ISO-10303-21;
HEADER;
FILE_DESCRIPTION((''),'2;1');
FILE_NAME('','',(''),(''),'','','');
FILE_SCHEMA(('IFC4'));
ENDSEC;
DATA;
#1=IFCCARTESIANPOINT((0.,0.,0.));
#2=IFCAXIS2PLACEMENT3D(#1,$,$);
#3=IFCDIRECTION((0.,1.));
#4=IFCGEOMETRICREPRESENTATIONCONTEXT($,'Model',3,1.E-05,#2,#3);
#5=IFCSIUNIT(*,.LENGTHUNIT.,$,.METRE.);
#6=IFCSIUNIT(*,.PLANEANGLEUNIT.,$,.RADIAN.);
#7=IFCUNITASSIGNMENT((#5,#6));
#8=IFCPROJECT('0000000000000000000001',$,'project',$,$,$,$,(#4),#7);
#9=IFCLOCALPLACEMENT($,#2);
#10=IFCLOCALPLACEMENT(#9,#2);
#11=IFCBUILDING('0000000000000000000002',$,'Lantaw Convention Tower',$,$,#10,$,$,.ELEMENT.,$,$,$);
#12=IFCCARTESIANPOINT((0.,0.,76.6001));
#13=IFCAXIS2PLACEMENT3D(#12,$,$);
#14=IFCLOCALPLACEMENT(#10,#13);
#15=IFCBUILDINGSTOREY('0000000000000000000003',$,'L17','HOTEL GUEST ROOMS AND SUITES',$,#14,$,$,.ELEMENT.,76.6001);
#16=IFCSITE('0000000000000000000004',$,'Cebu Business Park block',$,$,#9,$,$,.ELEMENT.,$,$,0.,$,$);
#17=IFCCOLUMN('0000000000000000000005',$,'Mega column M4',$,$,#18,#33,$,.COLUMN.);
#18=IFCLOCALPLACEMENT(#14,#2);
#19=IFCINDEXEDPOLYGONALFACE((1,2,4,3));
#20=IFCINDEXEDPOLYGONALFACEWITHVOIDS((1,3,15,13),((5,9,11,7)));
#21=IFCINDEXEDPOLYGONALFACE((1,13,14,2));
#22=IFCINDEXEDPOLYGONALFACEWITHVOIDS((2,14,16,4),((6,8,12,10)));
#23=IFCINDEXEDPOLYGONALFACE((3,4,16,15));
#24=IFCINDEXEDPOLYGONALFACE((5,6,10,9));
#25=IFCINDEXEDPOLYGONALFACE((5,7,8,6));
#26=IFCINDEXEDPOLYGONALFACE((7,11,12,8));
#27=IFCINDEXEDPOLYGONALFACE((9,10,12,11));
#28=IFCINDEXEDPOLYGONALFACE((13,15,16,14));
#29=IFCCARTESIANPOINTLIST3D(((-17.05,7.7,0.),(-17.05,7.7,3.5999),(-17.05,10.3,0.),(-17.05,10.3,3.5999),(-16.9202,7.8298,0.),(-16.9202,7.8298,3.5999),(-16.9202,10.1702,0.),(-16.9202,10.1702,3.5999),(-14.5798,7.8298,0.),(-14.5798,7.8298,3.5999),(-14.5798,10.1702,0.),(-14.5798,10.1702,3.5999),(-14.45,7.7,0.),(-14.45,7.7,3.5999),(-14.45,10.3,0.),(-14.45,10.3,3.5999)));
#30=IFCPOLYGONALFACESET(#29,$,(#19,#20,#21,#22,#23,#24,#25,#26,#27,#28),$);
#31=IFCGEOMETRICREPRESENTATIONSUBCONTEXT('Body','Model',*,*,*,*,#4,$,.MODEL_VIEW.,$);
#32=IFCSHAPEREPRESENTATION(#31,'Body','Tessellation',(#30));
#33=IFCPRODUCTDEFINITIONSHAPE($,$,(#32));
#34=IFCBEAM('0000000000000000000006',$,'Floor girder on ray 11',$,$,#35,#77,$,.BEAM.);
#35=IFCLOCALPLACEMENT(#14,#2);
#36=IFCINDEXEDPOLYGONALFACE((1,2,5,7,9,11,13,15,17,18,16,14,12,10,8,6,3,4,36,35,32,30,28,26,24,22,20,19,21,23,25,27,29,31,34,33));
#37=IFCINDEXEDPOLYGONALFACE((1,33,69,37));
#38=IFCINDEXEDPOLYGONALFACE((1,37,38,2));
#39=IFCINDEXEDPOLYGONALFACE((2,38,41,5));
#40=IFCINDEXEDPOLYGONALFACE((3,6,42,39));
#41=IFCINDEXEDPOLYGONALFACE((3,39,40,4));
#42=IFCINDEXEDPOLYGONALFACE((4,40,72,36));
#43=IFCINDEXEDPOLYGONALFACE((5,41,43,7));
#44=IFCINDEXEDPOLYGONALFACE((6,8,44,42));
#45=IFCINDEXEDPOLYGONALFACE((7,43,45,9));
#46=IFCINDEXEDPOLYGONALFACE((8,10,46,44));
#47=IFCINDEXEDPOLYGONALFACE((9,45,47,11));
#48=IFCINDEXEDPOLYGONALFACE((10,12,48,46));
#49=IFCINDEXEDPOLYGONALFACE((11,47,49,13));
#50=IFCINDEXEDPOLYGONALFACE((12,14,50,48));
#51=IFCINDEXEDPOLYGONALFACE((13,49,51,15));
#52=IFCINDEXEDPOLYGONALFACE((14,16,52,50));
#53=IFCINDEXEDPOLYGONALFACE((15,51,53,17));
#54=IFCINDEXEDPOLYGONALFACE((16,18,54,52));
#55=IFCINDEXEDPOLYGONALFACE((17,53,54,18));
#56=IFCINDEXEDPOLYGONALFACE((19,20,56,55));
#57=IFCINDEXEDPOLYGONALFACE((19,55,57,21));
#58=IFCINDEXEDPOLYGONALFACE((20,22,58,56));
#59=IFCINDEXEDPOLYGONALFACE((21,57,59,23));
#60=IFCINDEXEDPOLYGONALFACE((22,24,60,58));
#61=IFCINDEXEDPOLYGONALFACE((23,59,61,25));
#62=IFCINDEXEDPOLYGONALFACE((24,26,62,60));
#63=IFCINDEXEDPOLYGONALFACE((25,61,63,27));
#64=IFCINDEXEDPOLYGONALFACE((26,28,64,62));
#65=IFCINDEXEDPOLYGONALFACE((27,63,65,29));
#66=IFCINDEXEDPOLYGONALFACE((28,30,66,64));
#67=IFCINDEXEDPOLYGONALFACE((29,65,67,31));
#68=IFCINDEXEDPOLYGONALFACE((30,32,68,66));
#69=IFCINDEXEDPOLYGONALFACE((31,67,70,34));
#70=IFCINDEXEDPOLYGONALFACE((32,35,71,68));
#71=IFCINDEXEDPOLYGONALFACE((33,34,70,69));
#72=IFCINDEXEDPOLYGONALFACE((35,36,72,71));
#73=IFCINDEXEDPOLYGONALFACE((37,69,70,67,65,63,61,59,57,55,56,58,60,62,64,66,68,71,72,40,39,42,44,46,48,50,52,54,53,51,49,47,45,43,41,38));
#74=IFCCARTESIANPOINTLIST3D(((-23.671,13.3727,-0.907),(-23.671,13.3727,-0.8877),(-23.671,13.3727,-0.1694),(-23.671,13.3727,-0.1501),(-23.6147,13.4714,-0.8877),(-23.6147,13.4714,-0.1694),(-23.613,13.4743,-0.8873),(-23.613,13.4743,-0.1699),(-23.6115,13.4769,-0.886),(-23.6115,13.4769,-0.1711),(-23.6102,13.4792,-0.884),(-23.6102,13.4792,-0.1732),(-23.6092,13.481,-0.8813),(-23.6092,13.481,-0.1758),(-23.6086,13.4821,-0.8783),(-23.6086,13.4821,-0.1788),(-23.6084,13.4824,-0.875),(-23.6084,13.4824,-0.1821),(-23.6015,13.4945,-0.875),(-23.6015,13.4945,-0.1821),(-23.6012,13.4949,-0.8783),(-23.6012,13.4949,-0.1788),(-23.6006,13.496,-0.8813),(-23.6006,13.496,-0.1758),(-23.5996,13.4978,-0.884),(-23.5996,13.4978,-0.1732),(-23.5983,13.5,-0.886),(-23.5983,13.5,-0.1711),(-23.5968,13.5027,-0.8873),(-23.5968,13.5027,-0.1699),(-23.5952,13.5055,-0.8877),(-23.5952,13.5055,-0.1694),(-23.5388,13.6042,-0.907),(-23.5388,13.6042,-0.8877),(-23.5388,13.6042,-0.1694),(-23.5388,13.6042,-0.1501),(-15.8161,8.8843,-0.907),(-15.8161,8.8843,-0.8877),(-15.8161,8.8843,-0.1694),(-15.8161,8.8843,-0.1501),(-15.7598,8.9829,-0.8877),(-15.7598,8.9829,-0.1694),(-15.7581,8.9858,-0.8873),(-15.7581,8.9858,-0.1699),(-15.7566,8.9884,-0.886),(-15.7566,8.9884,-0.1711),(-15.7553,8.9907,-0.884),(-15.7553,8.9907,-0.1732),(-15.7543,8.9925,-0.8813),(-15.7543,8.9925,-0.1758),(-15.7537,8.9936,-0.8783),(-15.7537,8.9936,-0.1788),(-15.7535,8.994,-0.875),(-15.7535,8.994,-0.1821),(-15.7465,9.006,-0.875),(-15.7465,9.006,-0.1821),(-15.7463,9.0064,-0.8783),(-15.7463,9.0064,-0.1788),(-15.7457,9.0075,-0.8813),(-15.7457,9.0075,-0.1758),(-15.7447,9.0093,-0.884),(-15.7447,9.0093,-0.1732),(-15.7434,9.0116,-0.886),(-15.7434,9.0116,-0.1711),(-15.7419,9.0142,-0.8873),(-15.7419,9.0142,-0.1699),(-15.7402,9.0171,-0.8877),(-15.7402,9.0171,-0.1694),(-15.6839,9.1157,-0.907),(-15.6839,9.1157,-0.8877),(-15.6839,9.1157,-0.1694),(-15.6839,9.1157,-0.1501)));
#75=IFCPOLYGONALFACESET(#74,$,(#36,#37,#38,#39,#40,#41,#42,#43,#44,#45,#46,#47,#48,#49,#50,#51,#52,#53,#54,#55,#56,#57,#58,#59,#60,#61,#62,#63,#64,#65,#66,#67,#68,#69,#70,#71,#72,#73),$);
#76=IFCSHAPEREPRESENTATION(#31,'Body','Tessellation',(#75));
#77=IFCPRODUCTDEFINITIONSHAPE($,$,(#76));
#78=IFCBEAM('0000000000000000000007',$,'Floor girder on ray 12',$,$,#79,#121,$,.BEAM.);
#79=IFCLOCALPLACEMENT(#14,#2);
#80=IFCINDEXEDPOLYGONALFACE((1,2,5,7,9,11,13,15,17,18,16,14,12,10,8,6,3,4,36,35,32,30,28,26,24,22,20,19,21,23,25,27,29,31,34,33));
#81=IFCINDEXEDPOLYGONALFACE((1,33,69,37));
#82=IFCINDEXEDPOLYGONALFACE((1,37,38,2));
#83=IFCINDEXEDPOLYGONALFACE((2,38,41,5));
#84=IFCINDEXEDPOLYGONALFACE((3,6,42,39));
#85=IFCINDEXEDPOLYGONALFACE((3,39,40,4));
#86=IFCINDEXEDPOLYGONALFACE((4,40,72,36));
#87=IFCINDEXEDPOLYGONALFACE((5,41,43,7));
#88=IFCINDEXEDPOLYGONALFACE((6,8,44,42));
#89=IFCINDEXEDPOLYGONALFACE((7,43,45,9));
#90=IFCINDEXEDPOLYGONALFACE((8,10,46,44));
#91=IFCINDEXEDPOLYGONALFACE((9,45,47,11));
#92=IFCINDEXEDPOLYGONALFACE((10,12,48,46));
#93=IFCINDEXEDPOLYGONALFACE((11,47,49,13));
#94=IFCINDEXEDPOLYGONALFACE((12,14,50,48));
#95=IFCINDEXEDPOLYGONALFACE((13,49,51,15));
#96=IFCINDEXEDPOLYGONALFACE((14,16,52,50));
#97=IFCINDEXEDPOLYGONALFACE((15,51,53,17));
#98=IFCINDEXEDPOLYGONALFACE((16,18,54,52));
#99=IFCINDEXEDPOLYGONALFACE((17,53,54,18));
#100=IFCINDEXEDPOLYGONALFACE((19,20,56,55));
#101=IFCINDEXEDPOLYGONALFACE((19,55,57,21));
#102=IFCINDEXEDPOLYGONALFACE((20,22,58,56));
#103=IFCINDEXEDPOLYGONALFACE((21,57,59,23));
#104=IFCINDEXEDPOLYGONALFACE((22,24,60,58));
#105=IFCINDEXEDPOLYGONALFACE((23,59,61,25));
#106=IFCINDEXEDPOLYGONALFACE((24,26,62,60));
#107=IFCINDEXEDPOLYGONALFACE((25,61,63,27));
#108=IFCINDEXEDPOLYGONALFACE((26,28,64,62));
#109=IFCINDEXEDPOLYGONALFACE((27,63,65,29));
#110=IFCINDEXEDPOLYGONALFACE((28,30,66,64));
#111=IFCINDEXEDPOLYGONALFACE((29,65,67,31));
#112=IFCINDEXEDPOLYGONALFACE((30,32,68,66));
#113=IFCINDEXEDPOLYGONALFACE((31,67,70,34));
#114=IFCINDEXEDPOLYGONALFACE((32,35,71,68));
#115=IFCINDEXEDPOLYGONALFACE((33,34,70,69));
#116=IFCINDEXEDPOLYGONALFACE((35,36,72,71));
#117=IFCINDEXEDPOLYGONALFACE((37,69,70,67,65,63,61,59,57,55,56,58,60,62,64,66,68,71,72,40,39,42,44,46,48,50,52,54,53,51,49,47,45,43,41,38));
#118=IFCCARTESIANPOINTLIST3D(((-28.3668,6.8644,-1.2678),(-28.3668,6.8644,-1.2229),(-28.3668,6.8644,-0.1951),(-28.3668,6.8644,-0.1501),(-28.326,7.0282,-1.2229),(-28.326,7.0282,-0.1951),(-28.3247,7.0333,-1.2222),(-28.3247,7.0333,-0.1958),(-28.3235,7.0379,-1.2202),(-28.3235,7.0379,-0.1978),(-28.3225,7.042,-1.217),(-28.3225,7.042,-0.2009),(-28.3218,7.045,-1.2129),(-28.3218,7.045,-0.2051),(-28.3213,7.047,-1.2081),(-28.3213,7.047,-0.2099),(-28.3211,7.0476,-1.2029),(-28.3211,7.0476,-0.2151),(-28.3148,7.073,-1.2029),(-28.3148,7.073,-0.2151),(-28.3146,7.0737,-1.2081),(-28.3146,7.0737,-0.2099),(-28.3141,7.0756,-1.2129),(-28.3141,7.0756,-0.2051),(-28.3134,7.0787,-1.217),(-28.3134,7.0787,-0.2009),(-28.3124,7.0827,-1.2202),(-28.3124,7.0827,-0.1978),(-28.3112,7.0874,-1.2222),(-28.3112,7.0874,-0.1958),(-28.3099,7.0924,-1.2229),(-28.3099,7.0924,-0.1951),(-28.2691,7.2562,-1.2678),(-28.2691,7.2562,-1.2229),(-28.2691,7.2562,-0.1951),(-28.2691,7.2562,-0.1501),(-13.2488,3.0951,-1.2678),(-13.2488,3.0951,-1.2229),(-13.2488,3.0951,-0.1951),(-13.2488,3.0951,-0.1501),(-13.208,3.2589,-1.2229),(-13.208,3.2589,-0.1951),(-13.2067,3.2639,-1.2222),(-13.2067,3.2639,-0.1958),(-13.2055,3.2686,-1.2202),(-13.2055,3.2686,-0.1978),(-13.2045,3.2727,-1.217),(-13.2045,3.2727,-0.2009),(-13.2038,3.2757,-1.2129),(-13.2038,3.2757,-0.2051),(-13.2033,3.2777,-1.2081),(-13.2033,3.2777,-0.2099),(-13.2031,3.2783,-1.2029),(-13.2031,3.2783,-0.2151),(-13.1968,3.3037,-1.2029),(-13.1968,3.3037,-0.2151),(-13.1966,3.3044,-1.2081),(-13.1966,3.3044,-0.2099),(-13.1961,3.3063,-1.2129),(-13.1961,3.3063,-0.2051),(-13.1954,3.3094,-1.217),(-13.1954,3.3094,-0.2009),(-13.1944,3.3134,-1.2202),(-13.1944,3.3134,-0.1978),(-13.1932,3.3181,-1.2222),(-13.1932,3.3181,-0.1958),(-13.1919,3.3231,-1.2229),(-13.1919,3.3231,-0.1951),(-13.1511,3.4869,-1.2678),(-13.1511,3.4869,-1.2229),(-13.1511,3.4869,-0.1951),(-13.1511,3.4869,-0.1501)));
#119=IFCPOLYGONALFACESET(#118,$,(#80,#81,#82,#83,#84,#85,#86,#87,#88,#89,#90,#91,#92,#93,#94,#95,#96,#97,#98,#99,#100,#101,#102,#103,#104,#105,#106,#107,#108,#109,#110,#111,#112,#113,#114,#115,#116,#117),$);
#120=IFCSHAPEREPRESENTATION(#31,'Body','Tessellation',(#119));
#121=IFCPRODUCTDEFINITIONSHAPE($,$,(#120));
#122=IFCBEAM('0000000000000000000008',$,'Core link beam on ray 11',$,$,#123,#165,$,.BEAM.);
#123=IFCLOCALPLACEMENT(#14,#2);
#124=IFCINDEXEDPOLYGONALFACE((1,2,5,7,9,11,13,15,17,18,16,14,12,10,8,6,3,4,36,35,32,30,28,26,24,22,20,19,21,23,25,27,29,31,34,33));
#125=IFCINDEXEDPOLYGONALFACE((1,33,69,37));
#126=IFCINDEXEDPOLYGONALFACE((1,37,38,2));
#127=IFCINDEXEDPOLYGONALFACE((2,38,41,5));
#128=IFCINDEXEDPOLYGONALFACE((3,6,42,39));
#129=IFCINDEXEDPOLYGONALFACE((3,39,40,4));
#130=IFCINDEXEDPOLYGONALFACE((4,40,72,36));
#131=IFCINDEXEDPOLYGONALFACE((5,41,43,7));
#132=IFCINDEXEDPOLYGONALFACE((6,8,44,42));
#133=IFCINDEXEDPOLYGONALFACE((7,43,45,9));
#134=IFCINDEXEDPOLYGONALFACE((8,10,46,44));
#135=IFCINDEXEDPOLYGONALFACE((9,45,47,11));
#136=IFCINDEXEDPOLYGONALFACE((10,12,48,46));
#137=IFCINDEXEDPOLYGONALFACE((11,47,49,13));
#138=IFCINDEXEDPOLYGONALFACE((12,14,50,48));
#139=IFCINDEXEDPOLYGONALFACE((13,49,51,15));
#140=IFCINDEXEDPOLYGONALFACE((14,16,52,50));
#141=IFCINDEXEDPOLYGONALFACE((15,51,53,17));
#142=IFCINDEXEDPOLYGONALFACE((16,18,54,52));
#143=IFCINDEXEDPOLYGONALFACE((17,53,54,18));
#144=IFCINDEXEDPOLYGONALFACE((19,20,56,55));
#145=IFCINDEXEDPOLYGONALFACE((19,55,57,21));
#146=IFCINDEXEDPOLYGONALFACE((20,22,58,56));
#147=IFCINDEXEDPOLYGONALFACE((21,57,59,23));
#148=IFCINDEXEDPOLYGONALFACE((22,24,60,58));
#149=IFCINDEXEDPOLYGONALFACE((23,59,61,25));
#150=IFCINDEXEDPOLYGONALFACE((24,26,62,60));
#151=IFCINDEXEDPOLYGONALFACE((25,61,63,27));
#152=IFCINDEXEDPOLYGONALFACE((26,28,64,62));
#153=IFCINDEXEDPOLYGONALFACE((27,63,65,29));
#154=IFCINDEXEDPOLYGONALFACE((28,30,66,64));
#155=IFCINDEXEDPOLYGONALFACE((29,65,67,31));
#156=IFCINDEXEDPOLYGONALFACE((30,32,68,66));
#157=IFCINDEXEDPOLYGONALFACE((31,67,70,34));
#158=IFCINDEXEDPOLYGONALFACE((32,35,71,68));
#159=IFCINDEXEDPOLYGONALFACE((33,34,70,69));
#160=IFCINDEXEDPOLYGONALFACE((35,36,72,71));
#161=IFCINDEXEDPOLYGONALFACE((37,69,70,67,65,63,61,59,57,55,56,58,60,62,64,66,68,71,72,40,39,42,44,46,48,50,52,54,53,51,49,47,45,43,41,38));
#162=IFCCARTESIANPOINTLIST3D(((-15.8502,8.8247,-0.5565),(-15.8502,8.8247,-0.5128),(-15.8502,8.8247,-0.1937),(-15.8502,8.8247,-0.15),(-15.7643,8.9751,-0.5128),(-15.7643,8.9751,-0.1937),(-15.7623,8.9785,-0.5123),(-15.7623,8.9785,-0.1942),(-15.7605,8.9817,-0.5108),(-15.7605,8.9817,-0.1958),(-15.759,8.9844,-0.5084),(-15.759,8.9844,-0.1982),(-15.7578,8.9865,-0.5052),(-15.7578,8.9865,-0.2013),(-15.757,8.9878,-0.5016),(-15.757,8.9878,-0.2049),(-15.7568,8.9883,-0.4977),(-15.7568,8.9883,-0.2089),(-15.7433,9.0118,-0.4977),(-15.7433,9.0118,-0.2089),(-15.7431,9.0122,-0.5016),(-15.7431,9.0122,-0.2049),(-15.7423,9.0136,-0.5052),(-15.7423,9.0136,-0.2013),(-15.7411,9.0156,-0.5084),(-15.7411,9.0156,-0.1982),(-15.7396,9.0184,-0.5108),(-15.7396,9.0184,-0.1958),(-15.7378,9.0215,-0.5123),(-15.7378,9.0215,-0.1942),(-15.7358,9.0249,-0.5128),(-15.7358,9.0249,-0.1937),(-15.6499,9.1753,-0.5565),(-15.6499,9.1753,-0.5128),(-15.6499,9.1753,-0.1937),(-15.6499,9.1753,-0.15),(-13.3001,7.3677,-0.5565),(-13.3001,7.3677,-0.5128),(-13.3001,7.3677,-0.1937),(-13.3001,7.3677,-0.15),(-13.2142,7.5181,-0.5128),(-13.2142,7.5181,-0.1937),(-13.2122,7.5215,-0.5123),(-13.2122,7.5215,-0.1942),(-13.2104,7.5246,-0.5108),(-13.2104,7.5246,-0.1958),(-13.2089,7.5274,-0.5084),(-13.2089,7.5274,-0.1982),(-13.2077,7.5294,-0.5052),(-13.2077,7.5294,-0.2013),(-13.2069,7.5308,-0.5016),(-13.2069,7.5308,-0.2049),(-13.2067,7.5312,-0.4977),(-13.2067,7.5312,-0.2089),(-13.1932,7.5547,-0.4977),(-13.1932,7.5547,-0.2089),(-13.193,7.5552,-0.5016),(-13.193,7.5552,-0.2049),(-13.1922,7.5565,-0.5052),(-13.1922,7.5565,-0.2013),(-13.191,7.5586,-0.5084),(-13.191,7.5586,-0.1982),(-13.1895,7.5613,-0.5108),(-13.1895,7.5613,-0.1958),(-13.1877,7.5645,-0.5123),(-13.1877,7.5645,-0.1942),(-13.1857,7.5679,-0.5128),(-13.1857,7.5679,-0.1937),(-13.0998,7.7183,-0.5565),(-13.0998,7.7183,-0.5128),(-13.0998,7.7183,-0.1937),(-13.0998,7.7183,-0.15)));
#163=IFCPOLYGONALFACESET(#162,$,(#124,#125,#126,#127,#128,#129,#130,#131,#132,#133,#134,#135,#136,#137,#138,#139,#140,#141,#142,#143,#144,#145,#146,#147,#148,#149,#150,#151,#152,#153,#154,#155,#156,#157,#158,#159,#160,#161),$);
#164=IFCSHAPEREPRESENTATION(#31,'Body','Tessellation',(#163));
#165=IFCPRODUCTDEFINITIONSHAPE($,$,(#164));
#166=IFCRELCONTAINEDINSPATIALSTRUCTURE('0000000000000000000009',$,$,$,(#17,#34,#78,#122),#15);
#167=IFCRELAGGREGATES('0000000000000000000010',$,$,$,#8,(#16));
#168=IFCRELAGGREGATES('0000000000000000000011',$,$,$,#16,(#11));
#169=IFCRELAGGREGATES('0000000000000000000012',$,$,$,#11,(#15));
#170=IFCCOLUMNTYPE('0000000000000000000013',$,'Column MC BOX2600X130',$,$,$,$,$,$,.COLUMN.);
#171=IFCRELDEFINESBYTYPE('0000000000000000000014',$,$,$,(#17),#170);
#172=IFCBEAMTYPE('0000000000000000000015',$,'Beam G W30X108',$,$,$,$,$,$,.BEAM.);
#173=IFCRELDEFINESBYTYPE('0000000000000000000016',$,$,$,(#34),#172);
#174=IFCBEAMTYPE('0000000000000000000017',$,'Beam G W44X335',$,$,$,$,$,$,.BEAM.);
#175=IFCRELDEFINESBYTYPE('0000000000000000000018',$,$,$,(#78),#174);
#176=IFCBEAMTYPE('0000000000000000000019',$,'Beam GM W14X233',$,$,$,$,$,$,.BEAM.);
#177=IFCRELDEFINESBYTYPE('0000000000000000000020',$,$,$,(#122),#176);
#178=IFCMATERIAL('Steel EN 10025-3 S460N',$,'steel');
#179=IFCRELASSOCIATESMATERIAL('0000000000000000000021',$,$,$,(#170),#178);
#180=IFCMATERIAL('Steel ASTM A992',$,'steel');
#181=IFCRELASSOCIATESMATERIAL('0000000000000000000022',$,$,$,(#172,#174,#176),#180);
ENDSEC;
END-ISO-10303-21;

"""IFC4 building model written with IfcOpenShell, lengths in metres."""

from ifc_helpers import new_model, si_unit, direction, frame, origin, origin_2d, place, context, subcontext, project, spatial, rectangle, hollow_rectangle, i_section, extrude, material, material_profile, profile_set, type_object, element, save


model = new_model("IFC4")

# Units and contexts
model_context = context("Model", 3, precision=1e-05, world=origin(), true_north=direction((0.0, 1.0)))
body_context = subcontext(model_context, "Body", "Model", "MODEL_VIEW")
ifc_project = project(units=[si_unit("LENGTHUNIT", "METRE"), si_unit("PLANEANGLEUNIT", "RADIAN")], contexts=[model_context])

# Site, building, storey
site_placement = place(None, origin())
site = spatial("IfcSite", under=ifc_project, at=site_placement, Name="Cebu Business Park block", CompositionType="ELEMENT", RefElevation=0.0)
building_placement = place(site_placement, origin())
building = spatial("IfcBuilding", under=site, at=building_placement, Name="Lantaw Convention Tower", CompositionType="ELEMENT")
storey_placement = place(building_placement, frame((0.0, 0.0, 76.6001)))
storey = spatial("IfcBuildingStorey", under=building, at=storey_placement, Name="L17", Description="HOTEL GUEST ROOMS AND SUITES", CompositionType="ELEMENT", Elevation=76.6001)

# Column
ifc_material_1 = material(Name="Steel EN 10025-3 S460N", Category="steel")
ifc_material_profile_1 = material_profile(ifc_material_1, hollow_rectangle(XDim=2.6001, YDim=2.6001, WallThickness=0.1299, at=origin_2d()), Name="BOX2600X130")
ifc_material_2 = material(Name="Concrete C60/75", Category="concrete")
ifc_material_profile_2 = material_profile(ifc_material_2, rectangle(XDim=2.3401, YDim=2.3401, at=origin_2d()), Name="Concrete fill of BOX2600X130")
ifc_profile_set_1 = profile_set([ifc_material_profile_1, ifc_material_profile_2], Name="Steel EN 10025-3 S460N")
column_type = type_object("IfcColumnType", Name="Column MC BOX2600X130", PredefinedType="COLUMN", material=ifc_profile_set_1)
column_placement = place(storey_placement, frame((-15.75, 9.0, 0.0), z_axis=(0.0, 0.0, 1.0), x_axis=(1.0, 0.0, 0.0)))
element("IfcColumn", 1, at=column_placement, inside=storey, type_object=column_type, Name="Mega column M4", PredefinedType="COLUMN", context=body_context, shape_type="SweptSolid", body=[
    extrude(hollow_rectangle(XDim=2.6001, YDim=2.6001, WallThickness=0.1299, at=origin_2d()), origin(), (0.0, 0.0, 1.0), 3.5999),
])

# Beams
ifc_material_3 = material(Name="Steel ASTM A992", Category="steel")
ifc_material_profile_3 = material_profile(ifc_material_3, i_section(OverallWidth=0.2666, OverallDepth=0.7568, WebThickness=0.0139, FlangeThickness=0.0193, FilletRadius=0.0127, at=origin_2d()), Name="W30X108")
ifc_profile_set_2 = profile_set([ifc_material_profile_3], Name="Steel ASTM A992")
beam_type_1 = type_object("IfcBeamType", Name="Beam G W30X108", PredefinedType="BEAM", material=ifc_profile_set_2)
beam_1_placement = place(storey_placement, frame((-15.75, 9.0, -0.5286), z_axis=(-0.868245, 0.496136, 0.0), x_axis=(-0.496136, -0.868245, 0.0)))
element("IfcBeam", 2, at=beam_1_placement, inside=storey, type_object=beam_type_1, Name="Floor girder on ray 11", PredefinedType="BEAM", context=body_context, shape_type="SweptSolid", body=[
    extrude(i_section(OverallWidth=0.2666, OverallDepth=0.7568, WebThickness=0.0139, FlangeThickness=0.0193, FilletRadius=0.0127, at=origin_2d()), origin(), (0.0, 0.0, 1.0), 9.0469),
])
ifc_material_profile_4 = material_profile(ifc_material_3, i_section(OverallWidth=0.4038, OverallDepth=1.1177, WebThickness=0.0261, FlangeThickness=0.0449, FilletRadius=0.02, at=origin_2d()), Name="W44X335")
ifc_profile_set_3 = profile_set([ifc_material_profile_4], Name="Steel ASTM A992")
beam_type_2 = type_object("IfcBeamType", Name="Beam G W44X335", PredefinedType="BEAM", material=ifc_profile_set_3)
beam_2_placement = place(storey_placement, frame((-13.2, 3.291, -0.709), z_axis=(-0.970296, 0.24192, 0.0), x_axis=(-0.24192, -0.970296, 0.0)))
element("IfcBeam", 3, at=beam_2_placement, inside=storey, type_object=beam_type_2, Name="Floor girder on ray 12", PredefinedType="BEAM", context=body_context, shape_type="SweptSolid", body=[
    extrude(i_section(OverallWidth=0.4038, OverallDepth=1.1177, WebThickness=0.0261, FlangeThickness=0.0449, FilletRadius=0.02, at=origin_2d()), origin(), (0.0, 0.0, 1.0), 15.5808),
])
ifc_material_profile_5 = material_profile(ifc_material_3, i_section(OverallWidth=0.4038, OverallDepth=0.4065, WebThickness=0.0271, FlangeThickness=0.0437, FilletRadius=0.0151, at=origin_2d()), Name="W14X233")
ifc_profile_set_4 = profile_set([ifc_material_profile_5], Name="Steel ASTM A992")
beam_type_3 = type_object("IfcBeamType", Name="Beam GM W14X233", PredefinedType="BEAM", material=ifc_profile_set_4)
beam_3_placement = place(storey_placement, frame((-13.2, 7.543, -0.3533), z_axis=(-0.868264, 0.496103, 0.0), x_axis=(-0.496103, -0.868264, 0.0)))
element("IfcBeam", 4, at=beam_3_placement, inside=storey, type_object=beam_type_3, Name="Core link beam on ray 11", PredefinedType="BEAM", context=body_context, shape_type="SweptSolid", body=[
    extrude(i_section(OverallWidth=0.4038, OverallDepth=0.4065, WebThickness=0.0271, FlangeThickness=0.0437, FilletRadius=0.0151, at=origin_2d()), origin(), (0.0, 0.0, 1.0), 2.937),
])

save(model, "model.ifc")
